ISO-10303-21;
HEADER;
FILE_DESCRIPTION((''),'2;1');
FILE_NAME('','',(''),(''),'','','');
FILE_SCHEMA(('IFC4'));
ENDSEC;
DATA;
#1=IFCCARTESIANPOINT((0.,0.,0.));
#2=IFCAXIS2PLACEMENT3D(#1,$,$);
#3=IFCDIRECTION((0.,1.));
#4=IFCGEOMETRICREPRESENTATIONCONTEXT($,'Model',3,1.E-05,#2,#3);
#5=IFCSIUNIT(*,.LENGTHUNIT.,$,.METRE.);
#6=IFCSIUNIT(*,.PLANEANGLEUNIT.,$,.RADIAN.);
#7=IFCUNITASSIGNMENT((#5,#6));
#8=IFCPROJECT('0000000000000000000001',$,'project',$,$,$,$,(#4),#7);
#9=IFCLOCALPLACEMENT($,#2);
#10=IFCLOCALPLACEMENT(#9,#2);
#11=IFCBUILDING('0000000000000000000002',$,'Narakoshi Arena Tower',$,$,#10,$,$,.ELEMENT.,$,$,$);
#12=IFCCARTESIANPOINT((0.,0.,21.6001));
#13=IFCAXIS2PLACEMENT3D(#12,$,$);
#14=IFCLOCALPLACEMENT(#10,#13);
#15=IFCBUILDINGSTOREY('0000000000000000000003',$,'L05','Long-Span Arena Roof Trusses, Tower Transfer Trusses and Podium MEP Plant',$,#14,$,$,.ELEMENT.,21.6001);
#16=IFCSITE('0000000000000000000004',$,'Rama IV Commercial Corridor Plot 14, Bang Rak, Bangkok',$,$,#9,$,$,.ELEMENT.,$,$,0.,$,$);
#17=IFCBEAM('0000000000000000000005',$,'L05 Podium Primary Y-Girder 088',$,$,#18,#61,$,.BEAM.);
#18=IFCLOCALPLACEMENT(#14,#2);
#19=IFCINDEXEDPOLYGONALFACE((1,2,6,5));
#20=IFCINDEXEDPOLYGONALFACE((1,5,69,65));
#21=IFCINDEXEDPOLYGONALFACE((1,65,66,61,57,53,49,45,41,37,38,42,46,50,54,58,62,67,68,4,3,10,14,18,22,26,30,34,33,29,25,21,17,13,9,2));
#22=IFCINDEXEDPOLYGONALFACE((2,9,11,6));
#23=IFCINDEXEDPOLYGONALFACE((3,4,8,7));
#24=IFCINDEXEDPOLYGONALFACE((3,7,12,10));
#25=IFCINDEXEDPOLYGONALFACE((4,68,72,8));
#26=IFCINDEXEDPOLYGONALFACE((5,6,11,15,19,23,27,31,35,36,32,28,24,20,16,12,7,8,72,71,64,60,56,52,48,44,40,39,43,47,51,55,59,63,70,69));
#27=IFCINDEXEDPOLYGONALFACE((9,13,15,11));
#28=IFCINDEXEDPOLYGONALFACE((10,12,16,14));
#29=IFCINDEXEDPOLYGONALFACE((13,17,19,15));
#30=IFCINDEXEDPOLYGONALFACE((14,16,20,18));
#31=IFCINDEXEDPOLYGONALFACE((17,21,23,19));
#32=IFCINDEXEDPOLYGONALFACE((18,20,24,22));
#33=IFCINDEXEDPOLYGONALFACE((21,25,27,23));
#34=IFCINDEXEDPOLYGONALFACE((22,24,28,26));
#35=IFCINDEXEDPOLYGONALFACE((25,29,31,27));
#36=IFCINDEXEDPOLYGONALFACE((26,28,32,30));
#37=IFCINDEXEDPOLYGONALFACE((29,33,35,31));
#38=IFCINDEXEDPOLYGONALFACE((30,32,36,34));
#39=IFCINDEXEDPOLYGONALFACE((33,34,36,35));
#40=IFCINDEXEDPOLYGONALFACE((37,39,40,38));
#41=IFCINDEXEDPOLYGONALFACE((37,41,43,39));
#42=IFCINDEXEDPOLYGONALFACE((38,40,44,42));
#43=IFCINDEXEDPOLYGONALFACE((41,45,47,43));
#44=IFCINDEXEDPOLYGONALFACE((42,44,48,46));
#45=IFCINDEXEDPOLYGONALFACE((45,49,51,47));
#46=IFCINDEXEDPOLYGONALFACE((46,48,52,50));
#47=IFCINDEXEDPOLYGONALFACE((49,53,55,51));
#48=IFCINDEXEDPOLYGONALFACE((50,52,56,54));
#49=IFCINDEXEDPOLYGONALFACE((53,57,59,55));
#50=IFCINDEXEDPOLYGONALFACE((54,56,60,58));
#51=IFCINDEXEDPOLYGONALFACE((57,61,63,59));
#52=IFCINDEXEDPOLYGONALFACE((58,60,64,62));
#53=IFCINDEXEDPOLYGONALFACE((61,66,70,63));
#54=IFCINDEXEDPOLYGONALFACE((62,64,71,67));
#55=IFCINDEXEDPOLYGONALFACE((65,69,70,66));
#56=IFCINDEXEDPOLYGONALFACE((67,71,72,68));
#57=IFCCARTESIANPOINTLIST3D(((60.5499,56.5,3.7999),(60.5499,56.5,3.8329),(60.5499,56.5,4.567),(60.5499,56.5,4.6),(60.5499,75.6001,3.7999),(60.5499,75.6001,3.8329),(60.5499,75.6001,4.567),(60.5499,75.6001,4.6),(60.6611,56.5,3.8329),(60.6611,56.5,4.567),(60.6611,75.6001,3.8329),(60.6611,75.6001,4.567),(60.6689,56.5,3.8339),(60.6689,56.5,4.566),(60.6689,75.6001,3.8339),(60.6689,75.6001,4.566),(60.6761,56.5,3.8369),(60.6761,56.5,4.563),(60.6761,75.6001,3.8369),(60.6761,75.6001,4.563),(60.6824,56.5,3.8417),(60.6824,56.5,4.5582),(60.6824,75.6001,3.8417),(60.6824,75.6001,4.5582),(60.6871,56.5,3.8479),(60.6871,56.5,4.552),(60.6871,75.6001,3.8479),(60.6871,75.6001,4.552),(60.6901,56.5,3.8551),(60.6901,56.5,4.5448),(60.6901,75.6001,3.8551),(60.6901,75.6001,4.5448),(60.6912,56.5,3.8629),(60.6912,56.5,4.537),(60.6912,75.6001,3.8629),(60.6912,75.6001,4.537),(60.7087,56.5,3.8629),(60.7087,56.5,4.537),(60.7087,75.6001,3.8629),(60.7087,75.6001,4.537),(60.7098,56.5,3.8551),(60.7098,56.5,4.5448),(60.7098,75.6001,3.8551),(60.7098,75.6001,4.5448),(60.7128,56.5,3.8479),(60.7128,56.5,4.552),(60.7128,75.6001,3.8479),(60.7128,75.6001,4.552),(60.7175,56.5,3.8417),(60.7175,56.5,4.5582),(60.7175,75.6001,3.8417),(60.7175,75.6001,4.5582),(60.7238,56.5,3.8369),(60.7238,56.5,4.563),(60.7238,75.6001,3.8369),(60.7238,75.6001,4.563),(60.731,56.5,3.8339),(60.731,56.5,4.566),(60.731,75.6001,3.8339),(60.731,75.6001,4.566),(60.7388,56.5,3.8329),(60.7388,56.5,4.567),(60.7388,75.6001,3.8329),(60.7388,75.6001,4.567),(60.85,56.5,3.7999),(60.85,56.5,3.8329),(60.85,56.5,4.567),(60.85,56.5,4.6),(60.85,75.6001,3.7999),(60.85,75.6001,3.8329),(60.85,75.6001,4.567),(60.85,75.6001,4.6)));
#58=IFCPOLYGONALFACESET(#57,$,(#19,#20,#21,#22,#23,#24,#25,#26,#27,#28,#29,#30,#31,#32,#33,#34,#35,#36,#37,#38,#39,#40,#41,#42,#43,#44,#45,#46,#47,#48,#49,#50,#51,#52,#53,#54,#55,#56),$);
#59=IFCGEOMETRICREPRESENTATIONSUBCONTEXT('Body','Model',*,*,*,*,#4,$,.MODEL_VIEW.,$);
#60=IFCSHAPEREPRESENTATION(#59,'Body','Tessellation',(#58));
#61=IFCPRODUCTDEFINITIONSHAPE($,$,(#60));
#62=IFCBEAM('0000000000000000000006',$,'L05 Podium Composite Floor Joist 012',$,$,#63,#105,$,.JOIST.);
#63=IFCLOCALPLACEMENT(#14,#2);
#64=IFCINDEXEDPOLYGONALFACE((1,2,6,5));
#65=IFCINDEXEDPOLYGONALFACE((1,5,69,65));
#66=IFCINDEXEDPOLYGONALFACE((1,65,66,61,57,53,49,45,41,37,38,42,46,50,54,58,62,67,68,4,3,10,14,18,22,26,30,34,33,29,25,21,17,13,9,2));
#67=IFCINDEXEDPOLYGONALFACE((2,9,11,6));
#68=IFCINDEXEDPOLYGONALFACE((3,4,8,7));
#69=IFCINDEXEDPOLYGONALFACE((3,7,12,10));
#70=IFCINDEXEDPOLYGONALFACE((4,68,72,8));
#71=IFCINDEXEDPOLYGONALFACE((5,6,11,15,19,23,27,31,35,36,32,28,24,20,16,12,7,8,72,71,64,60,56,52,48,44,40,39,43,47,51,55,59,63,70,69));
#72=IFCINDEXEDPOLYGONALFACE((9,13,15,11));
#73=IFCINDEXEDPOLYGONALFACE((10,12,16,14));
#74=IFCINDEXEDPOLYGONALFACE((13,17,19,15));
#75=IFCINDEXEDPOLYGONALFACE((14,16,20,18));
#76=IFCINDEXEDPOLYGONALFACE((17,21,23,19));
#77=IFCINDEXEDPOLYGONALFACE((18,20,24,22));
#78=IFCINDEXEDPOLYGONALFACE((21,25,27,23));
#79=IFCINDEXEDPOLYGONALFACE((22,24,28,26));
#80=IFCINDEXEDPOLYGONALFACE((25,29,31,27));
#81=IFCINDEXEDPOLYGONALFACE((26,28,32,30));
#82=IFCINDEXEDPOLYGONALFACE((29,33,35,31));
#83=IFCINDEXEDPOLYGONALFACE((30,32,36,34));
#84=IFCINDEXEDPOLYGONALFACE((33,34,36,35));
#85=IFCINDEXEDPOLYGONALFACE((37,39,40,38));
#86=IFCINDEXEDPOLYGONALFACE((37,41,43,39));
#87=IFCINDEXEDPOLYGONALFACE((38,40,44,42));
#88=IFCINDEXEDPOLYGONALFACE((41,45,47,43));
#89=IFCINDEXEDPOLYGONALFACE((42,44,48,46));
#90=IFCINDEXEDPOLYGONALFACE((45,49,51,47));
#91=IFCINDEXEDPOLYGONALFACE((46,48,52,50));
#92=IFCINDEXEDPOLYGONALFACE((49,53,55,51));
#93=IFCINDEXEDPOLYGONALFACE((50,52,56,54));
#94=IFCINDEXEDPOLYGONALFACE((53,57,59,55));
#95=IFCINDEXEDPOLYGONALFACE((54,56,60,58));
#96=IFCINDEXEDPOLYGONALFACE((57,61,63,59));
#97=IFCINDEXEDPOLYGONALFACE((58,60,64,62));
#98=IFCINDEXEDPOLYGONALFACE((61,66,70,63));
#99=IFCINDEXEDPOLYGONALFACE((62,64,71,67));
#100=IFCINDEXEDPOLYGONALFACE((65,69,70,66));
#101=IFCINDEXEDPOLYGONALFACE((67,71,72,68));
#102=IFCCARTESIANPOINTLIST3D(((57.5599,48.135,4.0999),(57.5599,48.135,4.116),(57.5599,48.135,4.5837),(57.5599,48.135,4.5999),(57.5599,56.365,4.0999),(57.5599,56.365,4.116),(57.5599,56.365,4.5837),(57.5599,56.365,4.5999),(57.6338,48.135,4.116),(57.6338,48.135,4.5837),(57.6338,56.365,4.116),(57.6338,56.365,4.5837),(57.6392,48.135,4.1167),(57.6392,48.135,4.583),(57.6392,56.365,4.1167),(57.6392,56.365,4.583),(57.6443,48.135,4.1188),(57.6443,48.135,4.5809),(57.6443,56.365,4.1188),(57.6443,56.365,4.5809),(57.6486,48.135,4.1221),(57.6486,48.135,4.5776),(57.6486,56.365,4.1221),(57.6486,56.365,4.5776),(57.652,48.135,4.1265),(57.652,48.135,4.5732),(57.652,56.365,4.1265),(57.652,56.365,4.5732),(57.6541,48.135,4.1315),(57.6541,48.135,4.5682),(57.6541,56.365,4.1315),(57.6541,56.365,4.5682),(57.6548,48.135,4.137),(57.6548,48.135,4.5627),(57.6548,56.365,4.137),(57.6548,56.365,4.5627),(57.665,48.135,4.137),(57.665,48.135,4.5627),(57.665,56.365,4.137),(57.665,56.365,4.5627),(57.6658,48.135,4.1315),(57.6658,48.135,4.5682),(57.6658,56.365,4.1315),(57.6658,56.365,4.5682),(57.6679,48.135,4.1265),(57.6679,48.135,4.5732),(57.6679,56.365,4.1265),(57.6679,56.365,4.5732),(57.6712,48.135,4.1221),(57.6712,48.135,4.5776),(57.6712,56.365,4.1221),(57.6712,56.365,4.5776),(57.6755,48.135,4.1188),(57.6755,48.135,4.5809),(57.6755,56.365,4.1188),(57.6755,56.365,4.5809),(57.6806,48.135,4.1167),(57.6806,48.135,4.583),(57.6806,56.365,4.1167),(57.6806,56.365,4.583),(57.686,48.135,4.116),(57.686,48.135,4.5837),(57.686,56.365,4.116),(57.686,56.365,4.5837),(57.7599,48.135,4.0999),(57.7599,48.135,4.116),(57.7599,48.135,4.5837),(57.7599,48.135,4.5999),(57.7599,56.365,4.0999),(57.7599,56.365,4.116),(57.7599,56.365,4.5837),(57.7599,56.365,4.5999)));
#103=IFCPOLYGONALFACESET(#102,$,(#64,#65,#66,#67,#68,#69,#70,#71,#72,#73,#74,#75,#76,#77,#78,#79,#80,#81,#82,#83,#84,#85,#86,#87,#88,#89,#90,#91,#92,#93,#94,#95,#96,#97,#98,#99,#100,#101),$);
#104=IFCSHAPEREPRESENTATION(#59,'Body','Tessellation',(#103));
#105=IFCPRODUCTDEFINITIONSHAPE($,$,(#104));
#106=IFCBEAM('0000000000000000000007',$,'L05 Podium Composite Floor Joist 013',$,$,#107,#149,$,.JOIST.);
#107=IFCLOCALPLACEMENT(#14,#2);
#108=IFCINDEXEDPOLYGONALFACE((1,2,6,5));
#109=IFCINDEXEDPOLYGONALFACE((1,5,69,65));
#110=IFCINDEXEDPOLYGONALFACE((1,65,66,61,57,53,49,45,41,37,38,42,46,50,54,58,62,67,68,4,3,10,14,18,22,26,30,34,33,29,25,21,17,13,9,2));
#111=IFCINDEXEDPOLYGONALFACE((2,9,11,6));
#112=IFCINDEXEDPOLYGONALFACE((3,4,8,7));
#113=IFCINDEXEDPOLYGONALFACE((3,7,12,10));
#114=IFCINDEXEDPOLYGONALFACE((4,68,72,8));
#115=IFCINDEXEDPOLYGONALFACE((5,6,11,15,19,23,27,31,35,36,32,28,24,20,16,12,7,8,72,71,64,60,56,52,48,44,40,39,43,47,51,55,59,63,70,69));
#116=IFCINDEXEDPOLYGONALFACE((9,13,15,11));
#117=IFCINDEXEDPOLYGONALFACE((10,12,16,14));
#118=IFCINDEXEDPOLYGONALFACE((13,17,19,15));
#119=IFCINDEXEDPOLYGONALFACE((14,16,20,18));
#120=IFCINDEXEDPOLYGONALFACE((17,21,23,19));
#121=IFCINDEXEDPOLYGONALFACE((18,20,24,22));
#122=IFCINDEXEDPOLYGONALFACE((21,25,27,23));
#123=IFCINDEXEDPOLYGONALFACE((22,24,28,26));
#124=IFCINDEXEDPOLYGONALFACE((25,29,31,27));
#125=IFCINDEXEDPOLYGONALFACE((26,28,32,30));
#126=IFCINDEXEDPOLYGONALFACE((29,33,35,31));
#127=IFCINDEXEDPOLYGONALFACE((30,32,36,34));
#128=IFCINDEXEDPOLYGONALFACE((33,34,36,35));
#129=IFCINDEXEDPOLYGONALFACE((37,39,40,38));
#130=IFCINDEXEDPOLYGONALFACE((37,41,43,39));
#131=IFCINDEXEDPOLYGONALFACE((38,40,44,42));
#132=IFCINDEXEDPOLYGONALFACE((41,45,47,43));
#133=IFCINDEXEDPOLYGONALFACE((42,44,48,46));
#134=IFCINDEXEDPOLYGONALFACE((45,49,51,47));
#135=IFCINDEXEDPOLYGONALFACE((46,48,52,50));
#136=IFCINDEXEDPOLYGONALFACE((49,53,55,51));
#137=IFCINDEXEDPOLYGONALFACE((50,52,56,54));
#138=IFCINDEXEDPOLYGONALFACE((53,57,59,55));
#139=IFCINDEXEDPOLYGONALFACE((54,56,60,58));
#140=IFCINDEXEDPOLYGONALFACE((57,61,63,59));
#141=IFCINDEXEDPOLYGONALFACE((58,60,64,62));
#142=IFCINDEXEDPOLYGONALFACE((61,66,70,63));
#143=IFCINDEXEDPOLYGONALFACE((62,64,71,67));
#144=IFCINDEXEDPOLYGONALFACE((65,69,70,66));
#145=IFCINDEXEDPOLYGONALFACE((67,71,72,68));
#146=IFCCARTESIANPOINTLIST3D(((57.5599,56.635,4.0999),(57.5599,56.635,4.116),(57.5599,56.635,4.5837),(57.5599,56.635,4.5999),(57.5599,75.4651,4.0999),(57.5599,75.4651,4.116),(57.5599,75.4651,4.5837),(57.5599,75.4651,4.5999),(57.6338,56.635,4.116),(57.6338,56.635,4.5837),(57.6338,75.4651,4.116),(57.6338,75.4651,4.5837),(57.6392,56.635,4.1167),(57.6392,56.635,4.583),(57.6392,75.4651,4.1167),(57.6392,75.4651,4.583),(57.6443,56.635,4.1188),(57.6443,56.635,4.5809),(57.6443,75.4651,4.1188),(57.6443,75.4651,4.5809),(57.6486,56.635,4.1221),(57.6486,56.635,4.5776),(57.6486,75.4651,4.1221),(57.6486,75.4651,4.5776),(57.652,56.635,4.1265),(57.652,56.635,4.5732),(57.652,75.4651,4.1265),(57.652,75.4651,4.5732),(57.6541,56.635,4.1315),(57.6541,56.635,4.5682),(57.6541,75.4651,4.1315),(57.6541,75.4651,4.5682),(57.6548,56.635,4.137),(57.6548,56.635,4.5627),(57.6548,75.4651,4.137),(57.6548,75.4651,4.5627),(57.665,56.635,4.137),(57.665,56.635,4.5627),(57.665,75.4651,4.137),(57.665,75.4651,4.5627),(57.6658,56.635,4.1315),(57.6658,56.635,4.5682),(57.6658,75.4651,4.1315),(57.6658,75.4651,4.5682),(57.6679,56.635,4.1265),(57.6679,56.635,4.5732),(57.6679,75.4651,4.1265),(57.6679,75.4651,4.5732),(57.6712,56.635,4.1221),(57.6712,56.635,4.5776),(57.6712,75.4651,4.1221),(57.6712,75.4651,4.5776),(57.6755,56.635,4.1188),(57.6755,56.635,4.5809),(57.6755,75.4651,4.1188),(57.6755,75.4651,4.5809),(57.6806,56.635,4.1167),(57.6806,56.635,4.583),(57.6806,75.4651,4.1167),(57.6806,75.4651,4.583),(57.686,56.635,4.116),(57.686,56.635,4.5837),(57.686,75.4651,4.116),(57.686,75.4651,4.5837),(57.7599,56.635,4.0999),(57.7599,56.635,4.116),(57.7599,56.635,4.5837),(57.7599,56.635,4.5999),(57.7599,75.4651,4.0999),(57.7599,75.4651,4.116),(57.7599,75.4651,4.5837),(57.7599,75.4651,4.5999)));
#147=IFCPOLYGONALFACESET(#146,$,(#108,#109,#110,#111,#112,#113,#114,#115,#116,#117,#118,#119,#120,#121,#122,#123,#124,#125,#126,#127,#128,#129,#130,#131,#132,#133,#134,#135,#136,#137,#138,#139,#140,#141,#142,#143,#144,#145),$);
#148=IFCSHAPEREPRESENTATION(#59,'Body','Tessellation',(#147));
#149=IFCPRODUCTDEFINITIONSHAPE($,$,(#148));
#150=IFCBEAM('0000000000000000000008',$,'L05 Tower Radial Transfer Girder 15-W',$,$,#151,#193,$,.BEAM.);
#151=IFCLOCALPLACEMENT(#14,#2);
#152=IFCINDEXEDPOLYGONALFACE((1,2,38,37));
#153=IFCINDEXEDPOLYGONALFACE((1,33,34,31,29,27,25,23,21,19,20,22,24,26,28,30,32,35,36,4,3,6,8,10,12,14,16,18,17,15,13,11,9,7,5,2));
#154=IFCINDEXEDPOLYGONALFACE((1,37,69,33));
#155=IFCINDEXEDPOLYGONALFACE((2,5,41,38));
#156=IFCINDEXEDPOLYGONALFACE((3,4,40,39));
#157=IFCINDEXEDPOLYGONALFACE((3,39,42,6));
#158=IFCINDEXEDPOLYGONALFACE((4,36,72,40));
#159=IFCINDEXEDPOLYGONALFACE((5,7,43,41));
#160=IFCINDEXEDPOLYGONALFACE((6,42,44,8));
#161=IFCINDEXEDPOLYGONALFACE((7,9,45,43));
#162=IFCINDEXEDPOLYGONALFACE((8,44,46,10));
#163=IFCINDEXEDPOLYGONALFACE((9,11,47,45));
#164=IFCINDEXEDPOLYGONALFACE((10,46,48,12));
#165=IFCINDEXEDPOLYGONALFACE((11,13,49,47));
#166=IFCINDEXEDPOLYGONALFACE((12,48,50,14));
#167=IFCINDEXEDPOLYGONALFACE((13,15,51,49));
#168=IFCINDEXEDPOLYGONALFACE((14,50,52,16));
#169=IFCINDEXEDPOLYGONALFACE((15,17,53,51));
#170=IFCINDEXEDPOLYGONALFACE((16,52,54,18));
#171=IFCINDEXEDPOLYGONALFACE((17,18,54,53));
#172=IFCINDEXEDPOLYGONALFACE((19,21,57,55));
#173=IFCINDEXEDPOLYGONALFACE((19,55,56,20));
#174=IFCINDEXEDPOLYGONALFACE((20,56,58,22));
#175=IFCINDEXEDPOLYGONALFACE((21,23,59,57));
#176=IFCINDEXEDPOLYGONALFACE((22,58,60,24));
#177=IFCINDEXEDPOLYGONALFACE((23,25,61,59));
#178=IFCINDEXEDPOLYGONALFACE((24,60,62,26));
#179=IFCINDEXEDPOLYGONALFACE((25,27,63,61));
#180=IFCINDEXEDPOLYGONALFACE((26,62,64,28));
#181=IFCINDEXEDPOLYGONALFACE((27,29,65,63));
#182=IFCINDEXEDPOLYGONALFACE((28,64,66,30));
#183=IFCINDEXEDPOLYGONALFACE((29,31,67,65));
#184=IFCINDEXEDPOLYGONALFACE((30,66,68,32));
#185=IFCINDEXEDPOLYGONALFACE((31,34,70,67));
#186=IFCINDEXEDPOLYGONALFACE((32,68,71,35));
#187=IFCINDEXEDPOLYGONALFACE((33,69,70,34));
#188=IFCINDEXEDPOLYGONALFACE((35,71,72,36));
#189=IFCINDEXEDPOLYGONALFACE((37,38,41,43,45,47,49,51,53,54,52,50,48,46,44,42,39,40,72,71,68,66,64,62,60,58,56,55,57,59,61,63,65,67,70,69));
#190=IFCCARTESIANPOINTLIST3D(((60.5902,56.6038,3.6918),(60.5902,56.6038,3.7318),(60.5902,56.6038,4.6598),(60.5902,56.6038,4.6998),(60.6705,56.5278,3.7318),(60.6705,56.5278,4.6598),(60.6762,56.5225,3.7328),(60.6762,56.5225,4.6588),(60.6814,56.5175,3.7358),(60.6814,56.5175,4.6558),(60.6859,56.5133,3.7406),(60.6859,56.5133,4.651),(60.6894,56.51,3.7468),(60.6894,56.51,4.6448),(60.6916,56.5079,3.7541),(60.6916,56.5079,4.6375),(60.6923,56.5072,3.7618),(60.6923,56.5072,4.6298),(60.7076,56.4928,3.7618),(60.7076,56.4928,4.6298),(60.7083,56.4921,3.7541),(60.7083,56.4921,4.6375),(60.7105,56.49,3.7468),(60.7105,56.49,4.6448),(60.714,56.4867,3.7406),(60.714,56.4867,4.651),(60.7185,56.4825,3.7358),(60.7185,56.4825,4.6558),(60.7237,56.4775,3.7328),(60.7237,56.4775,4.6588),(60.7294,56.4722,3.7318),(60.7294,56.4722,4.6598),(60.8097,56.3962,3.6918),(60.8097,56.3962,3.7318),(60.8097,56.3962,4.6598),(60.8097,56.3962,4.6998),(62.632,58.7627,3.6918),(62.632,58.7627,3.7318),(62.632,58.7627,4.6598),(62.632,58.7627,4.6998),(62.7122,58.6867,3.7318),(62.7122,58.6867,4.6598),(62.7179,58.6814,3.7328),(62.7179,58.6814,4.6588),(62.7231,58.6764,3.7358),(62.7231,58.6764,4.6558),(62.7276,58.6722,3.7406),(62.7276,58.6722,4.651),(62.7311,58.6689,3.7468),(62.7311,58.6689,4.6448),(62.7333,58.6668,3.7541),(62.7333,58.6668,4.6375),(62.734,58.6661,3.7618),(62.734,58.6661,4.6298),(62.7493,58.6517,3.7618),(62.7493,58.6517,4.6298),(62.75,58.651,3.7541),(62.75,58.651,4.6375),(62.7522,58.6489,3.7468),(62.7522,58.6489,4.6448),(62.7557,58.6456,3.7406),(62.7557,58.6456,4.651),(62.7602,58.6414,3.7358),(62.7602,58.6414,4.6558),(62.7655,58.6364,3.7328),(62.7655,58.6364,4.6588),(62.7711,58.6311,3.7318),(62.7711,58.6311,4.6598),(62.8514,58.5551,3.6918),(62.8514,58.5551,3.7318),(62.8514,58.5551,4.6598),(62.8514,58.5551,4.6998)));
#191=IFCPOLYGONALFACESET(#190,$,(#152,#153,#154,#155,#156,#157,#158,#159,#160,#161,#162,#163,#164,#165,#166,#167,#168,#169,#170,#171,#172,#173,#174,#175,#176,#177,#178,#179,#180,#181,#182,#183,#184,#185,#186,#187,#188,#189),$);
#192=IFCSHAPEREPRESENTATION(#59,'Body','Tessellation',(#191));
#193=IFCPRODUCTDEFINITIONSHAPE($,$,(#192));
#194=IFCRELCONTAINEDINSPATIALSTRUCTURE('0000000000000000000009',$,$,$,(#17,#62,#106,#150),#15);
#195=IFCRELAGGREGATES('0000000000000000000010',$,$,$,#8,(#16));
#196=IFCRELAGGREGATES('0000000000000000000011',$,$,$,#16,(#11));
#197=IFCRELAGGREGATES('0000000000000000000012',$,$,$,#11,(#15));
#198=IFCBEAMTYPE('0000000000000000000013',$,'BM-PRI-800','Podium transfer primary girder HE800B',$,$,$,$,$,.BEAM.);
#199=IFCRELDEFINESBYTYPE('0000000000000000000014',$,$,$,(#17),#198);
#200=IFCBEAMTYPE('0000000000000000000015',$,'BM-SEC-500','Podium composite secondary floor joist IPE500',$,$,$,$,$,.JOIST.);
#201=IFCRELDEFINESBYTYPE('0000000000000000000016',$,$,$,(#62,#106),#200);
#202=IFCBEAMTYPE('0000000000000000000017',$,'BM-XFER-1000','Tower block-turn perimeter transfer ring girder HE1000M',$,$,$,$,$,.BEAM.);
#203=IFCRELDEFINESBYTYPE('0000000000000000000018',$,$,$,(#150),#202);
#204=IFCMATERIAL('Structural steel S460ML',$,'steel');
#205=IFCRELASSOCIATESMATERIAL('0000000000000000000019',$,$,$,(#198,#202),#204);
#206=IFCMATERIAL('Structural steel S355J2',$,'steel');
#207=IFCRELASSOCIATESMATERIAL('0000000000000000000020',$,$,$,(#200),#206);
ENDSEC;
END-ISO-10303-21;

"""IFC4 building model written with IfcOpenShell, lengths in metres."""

from ifc_helpers import new_model, si_unit, direction, frame, origin, origin_2d, place, context, subcontext, project, spatial, i_section, extrude, material, material_profile, profile_set, type_object, element, save


model = new_model("IFC4")

# Units and contexts
model_context = context("Model", 3, precision=1e-05, world=origin(), true_north=direction((0.0, 1.0)))
body_context = subcontext(model_context, "Body", "Model", "MODEL_VIEW")
ifc_project = project(units=[si_unit("LENGTHUNIT", "METRE"), si_unit("PLANEANGLEUNIT", "RADIAN")], contexts=[model_context])

# Site, building, storey
site_placement = place(None, origin())
site = spatial("IfcSite", under=ifc_project, at=site_placement, Name="Rama IV Commercial Corridor Plot 14, Bang Rak, Bangkok", CompositionType="ELEMENT", RefElevation=0.0)
building_placement = place(site_placement, origin())
building = spatial("IfcBuilding", under=site, at=building_placement, Name="Narakoshi Arena Tower", CompositionType="ELEMENT")
storey_placement = place(building_placement, frame((0.0, 0.0, 21.6001)))
storey = spatial("IfcBuildingStorey", under=building, at=storey_placement, Name="L05", Description="Long-Span Arena Roof Trusses, Tower Transfer Trusses and Podium MEP Plant", CompositionType="ELEMENT", Elevation=21.6001)

# Shared definitions
ifc_material_1 = material(Name="Structural steel S355J2", Category="steel")

# Beams
ifc_material_2 = material(Name="Structural steel S460ML", Category="steel")
ifc_material_profile_1 = material_profile(ifc_material_2, i_section(OverallWidth=0.3, OverallDepth=0.8, WebThickness=0.0176, FlangeThickness=0.033, FilletRadius=0.03, at=origin_2d()), Name="HE800B")
ifc_profile_set_1 = profile_set([ifc_material_profile_1], Name="Structural steel S460ML")
beam_type_1 = type_object("IfcBeamType", Name="BM-PRI-800", Description="Podium transfer primary girder HE800B", PredefinedType="BEAM", material=ifc_profile_set_1)
for number, where, z_axis, x_axis, name in (
    (1, (60.7, 56.5, 4.2), (0.0, 1.0, 0.0), (-1.0, 0.0, 0.0), "L05 Podium Primary Y-Girder 088"),
):
    element("IfcBeam", number, at=place(storey_placement, frame(where, z_axis=z_axis, x_axis=x_axis)), inside=storey, type_object=beam_type_1, Name=name, PredefinedType="BEAM", context=body_context, shape_type="SweptSolid", body=[
        extrude(i_section(OverallWidth=0.3, OverallDepth=0.8, WebThickness=0.0176, FlangeThickness=0.033, FilletRadius=0.03, at=origin_2d()), origin(), (0.0, 0.0, 1.0), 19.1001),
    ])
ifc_material_profile_2 = material_profile(ifc_material_1, i_section(OverallWidth=0.2, OverallDepth=0.5, WebThickness=0.0103, FlangeThickness=0.0161, FilletRadius=0.021, at=origin_2d()), Name="IPE500")
ifc_profile_set_2 = profile_set([ifc_material_profile_2], Name="Structural steel S355J2")
beam_type_2 = type_object("IfcBeamType", Name="BM-SEC-500", Description="Podium composite secondary floor joist IPE500", PredefinedType="JOIST", material=ifc_profile_set_2)
beam_1_placement = place(storey_placement, frame((57.6599, 48.135, 4.3499), z_axis=(0.0, 1.0, 0.0), x_axis=(-1.0, 0.0, 0.0)))
element("IfcBeam", 2, at=beam_1_placement, inside=storey, type_object=beam_type_2, Name="L05 Podium Composite Floor Joist 012", PredefinedType="JOIST", context=body_context, shape_type="SweptSolid", body=[
    extrude(i_section(OverallWidth=0.2, OverallDepth=0.5, WebThickness=0.0103, FlangeThickness=0.0161, FilletRadius=0.021, at=origin_2d()), origin(), (0.0, 0.0, 1.0), 8.23),
])
beam_2_placement = place(storey_placement, frame((57.6599, 56.635, 4.3499), z_axis=(0.0, 1.0, 0.0), x_axis=(-1.0, 0.0, 0.0)))
element("IfcBeam", 3, at=beam_2_placement, inside=storey, type_object=beam_type_2, Name="L05 Podium Composite Floor Joist 013", PredefinedType="JOIST", context=body_context, shape_type="SweptSolid", body=[
    extrude(i_section(OverallWidth=0.2, OverallDepth=0.5, WebThickness=0.0103, FlangeThickness=0.0161, FilletRadius=0.021, at=origin_2d()), origin(), (0.0, 0.0, 1.0), 18.8301),
])
ifc_material_profile_3 = material_profile(ifc_material_2, i_section(OverallWidth=0.302, OverallDepth=1.0081, WebThickness=0.021, FlangeThickness=0.04, FilletRadius=0.03, at=origin_2d()), Name="HE1000M")
ifc_profile_set_3 = profile_set([ifc_material_profile_3], Name="Structural steel S460ML")
beam_type_3 = type_object("IfcBeamType", Name="BM-XFER-1000", Description="Tower block-turn perimeter transfer ring girder HE1000M", PredefinedType="BEAM", material=ifc_profile_set_3)
beam_3_placement = place(storey_placement, frame((60.7, 56.5, 4.1958), z_axis=(0.687113, 0.72655, 0.0), x_axis=(-0.72655, 0.687113, 0.0)))
element("IfcBeam", 4, at=beam_3_placement, inside=storey, type_object=beam_type_3, Name="L05 Tower Radial Transfer Girder 15-W", PredefinedType="BEAM", context=body_context, shape_type="SweptSolid", body=[
    extrude(i_section(OverallWidth=0.302, OverallDepth=1.0081, WebThickness=0.021, FlangeThickness=0.04, FilletRadius=0.03, at=origin_2d()), origin(), (0.0, 0.0, 1.0), 2.9714),
])

save(model, "model.ifc")
